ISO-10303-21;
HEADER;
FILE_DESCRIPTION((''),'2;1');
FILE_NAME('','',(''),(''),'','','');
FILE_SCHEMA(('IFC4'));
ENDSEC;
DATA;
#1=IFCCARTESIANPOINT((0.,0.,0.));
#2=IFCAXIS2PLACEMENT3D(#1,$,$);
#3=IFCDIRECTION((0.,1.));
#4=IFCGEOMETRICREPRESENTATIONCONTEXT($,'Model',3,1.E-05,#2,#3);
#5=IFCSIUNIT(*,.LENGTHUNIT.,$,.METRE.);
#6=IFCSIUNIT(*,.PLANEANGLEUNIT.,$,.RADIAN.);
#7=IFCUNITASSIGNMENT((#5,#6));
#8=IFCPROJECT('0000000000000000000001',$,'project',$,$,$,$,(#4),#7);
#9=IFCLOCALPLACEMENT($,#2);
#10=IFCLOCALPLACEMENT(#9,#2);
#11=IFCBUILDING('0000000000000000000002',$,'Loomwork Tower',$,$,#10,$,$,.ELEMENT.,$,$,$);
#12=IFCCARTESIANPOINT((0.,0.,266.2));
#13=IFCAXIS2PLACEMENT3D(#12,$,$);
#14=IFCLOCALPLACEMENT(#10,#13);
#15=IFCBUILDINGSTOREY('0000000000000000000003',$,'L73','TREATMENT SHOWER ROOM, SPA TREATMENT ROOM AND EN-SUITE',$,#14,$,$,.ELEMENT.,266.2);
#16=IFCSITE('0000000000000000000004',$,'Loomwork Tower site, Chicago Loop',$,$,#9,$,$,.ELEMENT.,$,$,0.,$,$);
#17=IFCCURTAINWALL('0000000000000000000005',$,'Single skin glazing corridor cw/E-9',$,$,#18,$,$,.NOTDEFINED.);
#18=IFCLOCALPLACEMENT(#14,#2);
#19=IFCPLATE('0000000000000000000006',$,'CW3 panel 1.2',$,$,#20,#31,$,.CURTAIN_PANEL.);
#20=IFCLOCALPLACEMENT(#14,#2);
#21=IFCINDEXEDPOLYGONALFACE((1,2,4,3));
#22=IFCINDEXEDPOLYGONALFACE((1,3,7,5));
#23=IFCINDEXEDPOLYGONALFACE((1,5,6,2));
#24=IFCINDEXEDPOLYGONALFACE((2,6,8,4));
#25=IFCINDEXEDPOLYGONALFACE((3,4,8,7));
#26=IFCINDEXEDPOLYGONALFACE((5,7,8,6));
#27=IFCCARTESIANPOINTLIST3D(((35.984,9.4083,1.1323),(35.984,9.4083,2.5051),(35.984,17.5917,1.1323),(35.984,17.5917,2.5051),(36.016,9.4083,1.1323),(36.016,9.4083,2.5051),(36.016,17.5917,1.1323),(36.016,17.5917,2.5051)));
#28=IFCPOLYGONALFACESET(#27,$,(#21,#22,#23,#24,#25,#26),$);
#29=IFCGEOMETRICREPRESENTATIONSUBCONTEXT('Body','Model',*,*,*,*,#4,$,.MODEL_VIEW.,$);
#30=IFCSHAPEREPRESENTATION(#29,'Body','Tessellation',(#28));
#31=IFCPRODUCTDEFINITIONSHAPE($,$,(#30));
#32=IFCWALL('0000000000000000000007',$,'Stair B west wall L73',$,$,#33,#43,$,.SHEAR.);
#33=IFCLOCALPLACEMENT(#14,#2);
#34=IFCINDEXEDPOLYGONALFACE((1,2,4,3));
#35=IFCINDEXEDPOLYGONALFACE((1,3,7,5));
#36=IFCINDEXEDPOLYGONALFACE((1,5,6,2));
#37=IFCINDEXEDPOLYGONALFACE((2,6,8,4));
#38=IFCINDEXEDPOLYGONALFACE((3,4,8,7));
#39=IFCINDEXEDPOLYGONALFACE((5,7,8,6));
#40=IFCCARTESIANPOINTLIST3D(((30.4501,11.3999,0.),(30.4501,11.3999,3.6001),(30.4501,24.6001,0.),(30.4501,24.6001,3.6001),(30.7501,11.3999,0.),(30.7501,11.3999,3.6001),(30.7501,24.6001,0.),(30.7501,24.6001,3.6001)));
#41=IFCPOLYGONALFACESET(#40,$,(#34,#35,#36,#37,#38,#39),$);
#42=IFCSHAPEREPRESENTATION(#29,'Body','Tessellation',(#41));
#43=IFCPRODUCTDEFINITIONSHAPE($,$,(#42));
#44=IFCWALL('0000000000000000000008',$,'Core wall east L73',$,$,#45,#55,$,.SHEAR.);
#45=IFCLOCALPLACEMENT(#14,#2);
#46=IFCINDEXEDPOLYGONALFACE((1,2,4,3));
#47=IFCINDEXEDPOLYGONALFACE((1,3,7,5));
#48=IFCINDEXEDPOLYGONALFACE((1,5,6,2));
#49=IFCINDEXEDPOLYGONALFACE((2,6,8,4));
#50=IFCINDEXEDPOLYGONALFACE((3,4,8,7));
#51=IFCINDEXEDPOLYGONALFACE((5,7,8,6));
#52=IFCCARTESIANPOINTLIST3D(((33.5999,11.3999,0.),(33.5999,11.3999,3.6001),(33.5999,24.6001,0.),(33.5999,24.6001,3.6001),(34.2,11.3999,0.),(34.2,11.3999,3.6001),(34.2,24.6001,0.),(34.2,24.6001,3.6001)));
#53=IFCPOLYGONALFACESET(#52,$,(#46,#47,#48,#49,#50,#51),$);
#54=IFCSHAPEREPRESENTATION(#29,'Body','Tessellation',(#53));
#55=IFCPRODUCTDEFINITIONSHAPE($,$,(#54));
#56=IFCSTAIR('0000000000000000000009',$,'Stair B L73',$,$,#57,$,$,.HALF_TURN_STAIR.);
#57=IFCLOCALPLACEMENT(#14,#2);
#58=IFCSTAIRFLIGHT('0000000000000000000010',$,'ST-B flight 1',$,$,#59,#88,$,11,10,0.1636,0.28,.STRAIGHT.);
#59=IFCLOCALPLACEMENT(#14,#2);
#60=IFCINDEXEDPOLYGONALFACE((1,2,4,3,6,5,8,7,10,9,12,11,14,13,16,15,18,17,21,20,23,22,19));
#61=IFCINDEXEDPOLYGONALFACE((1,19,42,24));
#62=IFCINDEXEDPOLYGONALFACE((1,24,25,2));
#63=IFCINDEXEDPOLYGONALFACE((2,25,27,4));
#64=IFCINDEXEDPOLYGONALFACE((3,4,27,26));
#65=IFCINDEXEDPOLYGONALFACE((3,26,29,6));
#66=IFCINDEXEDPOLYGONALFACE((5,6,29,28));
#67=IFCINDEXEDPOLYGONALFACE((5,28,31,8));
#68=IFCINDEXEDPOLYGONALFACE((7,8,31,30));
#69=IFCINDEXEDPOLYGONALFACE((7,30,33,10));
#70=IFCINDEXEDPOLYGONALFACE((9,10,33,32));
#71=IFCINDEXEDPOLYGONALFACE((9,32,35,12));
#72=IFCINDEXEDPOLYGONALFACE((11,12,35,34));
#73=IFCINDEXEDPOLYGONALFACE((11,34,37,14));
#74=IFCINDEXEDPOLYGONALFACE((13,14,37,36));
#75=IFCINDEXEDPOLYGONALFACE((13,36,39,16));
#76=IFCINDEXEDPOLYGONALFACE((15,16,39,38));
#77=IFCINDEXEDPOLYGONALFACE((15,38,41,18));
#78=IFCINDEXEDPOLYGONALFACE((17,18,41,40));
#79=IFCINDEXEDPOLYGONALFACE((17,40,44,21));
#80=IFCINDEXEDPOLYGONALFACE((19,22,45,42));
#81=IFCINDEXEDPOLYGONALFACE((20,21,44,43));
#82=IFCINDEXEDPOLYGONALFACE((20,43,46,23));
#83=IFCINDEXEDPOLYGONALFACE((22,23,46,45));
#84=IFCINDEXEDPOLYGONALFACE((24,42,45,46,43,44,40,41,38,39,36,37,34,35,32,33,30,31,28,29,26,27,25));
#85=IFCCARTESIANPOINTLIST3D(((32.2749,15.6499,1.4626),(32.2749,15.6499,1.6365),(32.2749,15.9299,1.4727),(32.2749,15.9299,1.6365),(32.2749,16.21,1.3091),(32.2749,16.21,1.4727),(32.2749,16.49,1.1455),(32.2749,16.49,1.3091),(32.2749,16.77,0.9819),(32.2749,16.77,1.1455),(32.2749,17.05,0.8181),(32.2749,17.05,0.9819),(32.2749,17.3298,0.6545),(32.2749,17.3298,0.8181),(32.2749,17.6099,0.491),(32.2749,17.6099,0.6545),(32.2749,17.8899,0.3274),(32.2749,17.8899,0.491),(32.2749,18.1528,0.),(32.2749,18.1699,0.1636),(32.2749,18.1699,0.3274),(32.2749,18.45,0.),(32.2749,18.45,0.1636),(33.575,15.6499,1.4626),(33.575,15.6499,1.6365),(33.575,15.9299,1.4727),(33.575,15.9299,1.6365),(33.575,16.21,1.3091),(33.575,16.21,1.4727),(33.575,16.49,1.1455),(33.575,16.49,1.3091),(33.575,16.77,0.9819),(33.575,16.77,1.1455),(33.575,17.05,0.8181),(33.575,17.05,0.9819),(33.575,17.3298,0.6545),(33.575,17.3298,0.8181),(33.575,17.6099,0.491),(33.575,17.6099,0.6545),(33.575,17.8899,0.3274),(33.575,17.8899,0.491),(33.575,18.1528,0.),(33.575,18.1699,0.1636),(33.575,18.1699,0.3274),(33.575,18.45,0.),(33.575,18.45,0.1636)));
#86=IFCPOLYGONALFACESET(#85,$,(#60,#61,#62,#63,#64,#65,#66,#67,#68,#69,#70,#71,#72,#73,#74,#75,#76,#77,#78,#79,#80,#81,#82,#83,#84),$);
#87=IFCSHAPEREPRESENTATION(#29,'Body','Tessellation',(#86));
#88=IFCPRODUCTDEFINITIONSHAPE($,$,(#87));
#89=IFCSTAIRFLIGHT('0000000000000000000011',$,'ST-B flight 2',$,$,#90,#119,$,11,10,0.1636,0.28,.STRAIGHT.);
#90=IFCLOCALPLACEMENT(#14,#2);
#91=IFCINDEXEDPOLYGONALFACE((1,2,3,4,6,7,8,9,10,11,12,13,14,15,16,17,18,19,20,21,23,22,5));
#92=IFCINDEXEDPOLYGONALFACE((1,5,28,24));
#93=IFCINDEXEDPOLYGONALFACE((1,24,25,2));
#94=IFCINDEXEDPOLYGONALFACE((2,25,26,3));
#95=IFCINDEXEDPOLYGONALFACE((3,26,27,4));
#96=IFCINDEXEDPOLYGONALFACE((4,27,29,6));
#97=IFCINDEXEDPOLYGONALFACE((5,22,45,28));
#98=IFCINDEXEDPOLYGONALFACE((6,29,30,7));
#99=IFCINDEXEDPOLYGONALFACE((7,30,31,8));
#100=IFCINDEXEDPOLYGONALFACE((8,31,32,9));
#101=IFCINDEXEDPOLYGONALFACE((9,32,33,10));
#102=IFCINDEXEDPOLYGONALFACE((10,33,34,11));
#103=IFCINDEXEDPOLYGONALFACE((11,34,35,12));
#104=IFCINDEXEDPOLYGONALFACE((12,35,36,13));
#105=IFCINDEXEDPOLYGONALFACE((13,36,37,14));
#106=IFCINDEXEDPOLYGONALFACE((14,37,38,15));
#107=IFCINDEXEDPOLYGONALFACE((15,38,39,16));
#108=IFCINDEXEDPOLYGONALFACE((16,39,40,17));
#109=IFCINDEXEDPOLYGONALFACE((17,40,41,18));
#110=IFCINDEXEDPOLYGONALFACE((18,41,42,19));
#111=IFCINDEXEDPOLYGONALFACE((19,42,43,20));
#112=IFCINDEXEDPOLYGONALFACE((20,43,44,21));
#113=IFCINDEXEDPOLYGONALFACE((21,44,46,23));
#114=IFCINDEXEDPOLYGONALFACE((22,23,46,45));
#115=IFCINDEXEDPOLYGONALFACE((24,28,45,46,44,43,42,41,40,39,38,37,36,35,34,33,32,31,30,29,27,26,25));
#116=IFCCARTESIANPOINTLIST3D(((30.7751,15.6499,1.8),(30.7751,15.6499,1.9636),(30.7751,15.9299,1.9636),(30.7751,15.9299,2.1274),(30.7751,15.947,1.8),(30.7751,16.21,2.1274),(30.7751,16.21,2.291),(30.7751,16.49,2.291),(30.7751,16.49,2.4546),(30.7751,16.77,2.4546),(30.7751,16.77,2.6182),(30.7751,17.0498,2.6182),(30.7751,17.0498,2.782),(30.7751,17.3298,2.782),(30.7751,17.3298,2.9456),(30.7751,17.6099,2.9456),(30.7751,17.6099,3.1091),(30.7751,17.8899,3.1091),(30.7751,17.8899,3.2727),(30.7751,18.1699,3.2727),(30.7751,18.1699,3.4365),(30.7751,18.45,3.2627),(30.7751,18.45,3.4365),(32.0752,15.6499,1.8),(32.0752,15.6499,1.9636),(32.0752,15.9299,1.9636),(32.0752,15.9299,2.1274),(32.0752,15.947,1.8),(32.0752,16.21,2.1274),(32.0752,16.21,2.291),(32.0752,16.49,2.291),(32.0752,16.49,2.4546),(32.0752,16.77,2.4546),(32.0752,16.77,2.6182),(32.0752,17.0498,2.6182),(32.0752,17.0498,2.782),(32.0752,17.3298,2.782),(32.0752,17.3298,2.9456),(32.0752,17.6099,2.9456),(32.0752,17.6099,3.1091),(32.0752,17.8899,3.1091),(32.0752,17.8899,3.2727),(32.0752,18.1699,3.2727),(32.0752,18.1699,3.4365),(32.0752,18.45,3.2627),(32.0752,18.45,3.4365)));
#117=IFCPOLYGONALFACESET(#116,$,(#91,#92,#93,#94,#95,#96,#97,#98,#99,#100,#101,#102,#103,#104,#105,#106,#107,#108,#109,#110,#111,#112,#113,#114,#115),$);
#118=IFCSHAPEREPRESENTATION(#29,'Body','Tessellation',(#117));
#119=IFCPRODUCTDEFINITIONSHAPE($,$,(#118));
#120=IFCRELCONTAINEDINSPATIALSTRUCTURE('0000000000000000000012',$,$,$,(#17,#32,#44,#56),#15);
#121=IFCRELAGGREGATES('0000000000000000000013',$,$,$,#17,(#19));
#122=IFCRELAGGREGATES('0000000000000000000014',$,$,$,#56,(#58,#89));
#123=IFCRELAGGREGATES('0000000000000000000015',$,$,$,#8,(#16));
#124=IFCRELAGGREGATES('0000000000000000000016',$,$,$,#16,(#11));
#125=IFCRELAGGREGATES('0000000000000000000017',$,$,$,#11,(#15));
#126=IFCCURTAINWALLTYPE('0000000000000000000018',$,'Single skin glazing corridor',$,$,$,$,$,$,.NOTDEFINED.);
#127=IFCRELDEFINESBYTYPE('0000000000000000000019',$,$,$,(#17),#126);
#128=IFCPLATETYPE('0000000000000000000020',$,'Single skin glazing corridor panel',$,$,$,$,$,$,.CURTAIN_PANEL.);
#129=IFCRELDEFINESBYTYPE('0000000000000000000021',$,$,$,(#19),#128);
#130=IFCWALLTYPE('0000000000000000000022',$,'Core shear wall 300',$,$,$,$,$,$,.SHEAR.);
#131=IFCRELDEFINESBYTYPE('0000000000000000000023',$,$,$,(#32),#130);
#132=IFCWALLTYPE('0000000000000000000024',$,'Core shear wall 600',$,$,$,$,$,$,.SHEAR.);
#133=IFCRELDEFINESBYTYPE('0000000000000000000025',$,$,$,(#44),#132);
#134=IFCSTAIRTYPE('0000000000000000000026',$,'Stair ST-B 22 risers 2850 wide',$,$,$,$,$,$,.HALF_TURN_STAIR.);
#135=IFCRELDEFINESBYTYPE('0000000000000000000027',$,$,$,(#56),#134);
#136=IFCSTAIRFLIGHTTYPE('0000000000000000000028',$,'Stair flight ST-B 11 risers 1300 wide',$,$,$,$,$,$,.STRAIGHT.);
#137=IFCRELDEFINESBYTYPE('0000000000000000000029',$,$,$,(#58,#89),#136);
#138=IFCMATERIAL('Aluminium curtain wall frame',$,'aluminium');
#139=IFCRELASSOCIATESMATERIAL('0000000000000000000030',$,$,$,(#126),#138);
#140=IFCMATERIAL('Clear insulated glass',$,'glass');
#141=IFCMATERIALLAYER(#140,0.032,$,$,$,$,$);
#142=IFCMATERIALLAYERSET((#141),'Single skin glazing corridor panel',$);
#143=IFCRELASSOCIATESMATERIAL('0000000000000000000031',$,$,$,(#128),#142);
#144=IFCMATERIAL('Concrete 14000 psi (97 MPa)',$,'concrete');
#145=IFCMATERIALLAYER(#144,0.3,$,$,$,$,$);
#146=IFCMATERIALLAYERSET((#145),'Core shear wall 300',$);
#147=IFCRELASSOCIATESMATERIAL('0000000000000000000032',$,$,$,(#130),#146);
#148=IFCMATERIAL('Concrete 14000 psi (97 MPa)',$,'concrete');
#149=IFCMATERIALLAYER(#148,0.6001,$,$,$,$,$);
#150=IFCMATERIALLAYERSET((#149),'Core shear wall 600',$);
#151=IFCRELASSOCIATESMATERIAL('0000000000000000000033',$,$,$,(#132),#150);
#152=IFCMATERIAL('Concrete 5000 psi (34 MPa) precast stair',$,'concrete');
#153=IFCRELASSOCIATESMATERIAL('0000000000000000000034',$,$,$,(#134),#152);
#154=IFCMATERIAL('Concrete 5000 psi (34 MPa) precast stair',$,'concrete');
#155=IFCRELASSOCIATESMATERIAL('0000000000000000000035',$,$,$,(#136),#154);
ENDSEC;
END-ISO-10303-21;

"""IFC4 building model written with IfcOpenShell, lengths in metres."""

from ifc_helpers import new_model, si_unit, direction, frame, frame_2d, origin, origin_2d, place, context, subcontext, project, spatial, polyline, rectangle, outline, extrude, material, layer, layer_set, type_object, element, aggregate, save


model = new_model("IFC4")

# Units and contexts
model_context = context("Model", 3, precision=1e-05, world=origin(), true_north=direction((0.0, 1.0)))
body_context = subcontext(model_context, "Body", "Model", "MODEL_VIEW")
ifc_project = project(units=[si_unit("LENGTHUNIT", "METRE"), si_unit("PLANEANGLEUNIT", "RADIAN")], contexts=[model_context])

# Site, building, storey
site_placement = place(None, origin())
site = spatial("IfcSite", under=ifc_project, at=site_placement, Name="Loomwork Tower site, Chicago Loop", CompositionType="ELEMENT", RefElevation=0.0)
building_placement = place(site_placement, origin())
building = spatial("IfcBuilding", under=site, at=building_placement, Name="Loomwork Tower", CompositionType="ELEMENT")
storey_placement = place(building_placement, frame((0.0, 0.0, 266.2)))
storey = spatial("IfcBuildingStorey", under=building, at=storey_placement, Name="L73", Description="TREATMENT SHOWER ROOM, SPA TREATMENT ROOM AND EN-SUITE", CompositionType="ELEMENT", Elevation=266.2)

# Curtain wall
ifc_material_1 = material(Name="Aluminium curtain wall frame", Category="aluminium")
curtain_wall_type = type_object("IfcCurtainWallType", Name="Single skin glazing corridor", PredefinedType="NOTDEFINED", material=ifc_material_1)
curtain_wall_1_placement = place(storey_placement, origin())
curtain_wall_1 = element("IfcCurtainWall", 1, at=curtain_wall_1_placement, inside=storey, type_object=curtain_wall_type, Name="Single skin glazing corridor cw/E-9", PredefinedType="NOTDEFINED")

# Plate
ifc_material_2 = material(Name="Clear insulated glass", Category="glass")
ifc_layer_1 = layer(ifc_material_2, 0.032)
ifc_layer_set_1 = layer_set([ifc_layer_1], Name="Single skin glazing corridor panel")
plate_type = type_object("IfcPlateType", Name="Single skin glazing corridor panel", PredefinedType="CURTAIN_PANEL", material=ifc_layer_set_1)
plate_1_placement = place(storey_placement, frame((36.0, 13.5, 1.1323), z_axis=(0.0, 0.0, 1.0), x_axis=(0.0, 1.0, 0.0)))
plate_1 = element("IfcPlate", 2, at=plate_1_placement, type_object=plate_type, Name="CW3 panel 1.2", PredefinedType="CURTAIN_PANEL", context=body_context, shape_type="SweptSolid", body=[
    extrude(rectangle(XDim=8.1833, YDim=0.032, at=origin_2d()), origin(), (0.0, 0.0, 1.0), 1.3728),
])
aggregate(curtain_wall_1, [plate_1])

# Walls
ifc_material_3 = material(Name="Concrete 14000 psi (97 MPa)", Category="concrete")
ifc_layer_2 = layer(ifc_material_3, 0.3)
ifc_layer_set_2 = layer_set([ifc_layer_2], Name="Core shear wall 300")
wall_type_1 = type_object("IfcWallType", Name="Core shear wall 300", PredefinedType="SHEAR", material=ifc_layer_set_2)
wall_1_placement = place(storey_placement, frame((30.6001, 11.3999, 0.0), z_axis=(0.0, 0.0, 1.0), x_axis=(0.0, 1.0, 0.0)))
element("IfcWall", 3, at=wall_1_placement, inside=storey, type_object=wall_type_1, Name="Stair B west wall L73", PredefinedType="SHEAR", context=body_context, shape_type="SweptSolid", body=[
    extrude(rectangle(XDim=13.2002, YDim=0.3, at=frame_2d((6.6001, 0.0))), origin(), (0.0, 0.0, 1.0), 3.6001),
])
ifc_material_4 = material(Name="Concrete 14000 psi (97 MPa)", Category="concrete")
ifc_layer_3 = layer(ifc_material_4, 0.6001)
ifc_layer_set_3 = layer_set([ifc_layer_3], Name="Core shear wall 600")
wall_type_2 = type_object("IfcWallType", Name="Core shear wall 600", PredefinedType="SHEAR", material=ifc_layer_set_3)
wall_2_placement = place(storey_placement, frame((33.8999, 11.3999, 0.0), z_axis=(0.0, 0.0, 1.0), x_axis=(0.0, 1.0, 0.0)))
element("IfcWall", 4, at=wall_2_placement, inside=storey, type_object=wall_type_2, Name="Core wall east L73", PredefinedType="SHEAR", context=body_context, shape_type="SweptSolid", body=[
    extrude(rectangle(XDim=13.2002, YDim=0.6001, at=frame_2d((6.6001, 0.0))), origin(), (0.0, 0.0, 1.0), 3.6001),
])

# Stair, stair flights
ifc_material_5 = material(Name="Concrete 5000 psi (34 MPa) precast stair", Category="concrete")
stair_type = type_object("IfcStairType", Name="Stair ST-B 22 risers 2850 wide", PredefinedType="HALF_TURN_STAIR", material=ifc_material_5)
stair_placement = place(storey_placement, origin())
stair = element("IfcStair", 5, at=stair_placement, inside=storey, type_object=stair_type, Name="Stair B L73", PredefinedType="HALF_TURN_STAIR")
ifc_material_6 = material(Name="Concrete 5000 psi (34 MPa) precast stair", Category="concrete")
stair_flight_type = type_object("IfcStairFlightType", Name="Stair flight ST-B 11 risers 1300 wide", PredefinedType="STRAIGHT", material=ifc_material_6)
stair_flight_1_placement = place(storey_placement, frame((32.925, 18.45, 0.0), z_axis=(0.0, 0.0, 1.0), x_axis=(0.0, -1.0, 0.0)))
stair_flight_1 = element("IfcStairFlight", 6, at=stair_flight_1_placement, type_object=stair_flight_type, Name="ST-B flight 1", NumberOfRisers=11, NumberOfTreads=10, PredefinedType="STRAIGHT", RiserHeight=0.1636, TreadLength=0.28, context=body_context, shape_type="SweptSolid", body=[
    extrude(outline(polyline([(0.0, 0.0), (0.0, 0.1636), (0.28, 0.1636), (0.28, 0.3274), (0.5601, 0.3274), (0.5601, 0.491), (0.8401, 0.491), (0.8401, 0.6545), (1.1201, 0.6545), (1.1201, 0.8181), (1.3999, 0.8181), (1.3999, 0.9819), (1.6799, 0.9819), (1.6799, 1.1455), (1.96, 1.1455), (1.96, 1.3091), (2.24, 1.3091), (2.24, 1.4727), (2.52, 1.4727), (2.52, 1.6365), (2.8, 1.6365), (2.8, 1.8), (2.8, 1.4626), (0.2971, 0.0), (0.0, 0.0)])), frame((0.0, 0.6499, 0.0), z_axis=(0.0, -1.0, 0.0), x_axis=(1.0, 0.0, 0.0)), (0.0, 0.0, 1.0), 1.3),
])
stair_flight_2_placement = place(storey_placement, frame((31.425, 15.6499, 1.8), z_axis=(0.0, 0.0, 1.0), x_axis=(0.0, 1.0, 0.0)))
stair_flight_2 = element("IfcStairFlight", 7, at=stair_flight_2_placement, type_object=stair_flight_type, Name="ST-B flight 2", NumberOfRisers=11, NumberOfTreads=10, PredefinedType="STRAIGHT", RiserHeight=0.1636, TreadLength=0.28, context=body_context, shape_type="SweptSolid", body=[
    extrude(outline(polyline([(0.0, 0.0), (0.0, 0.1636), (0.28, 0.1636), (0.28, 0.3274), (0.5601, 0.3274), (0.5601, 0.491), (0.8401, 0.491), (0.8401, 0.6545), (1.1201, 0.6545), (1.1201, 0.8181), (1.3999, 0.8181), (1.3999, 0.9819), (1.6799, 0.9819), (1.6799, 1.1455), (1.96, 1.1455), (1.96, 1.3091), (2.24, 1.3091), (2.24, 1.4727), (2.52, 1.4727), (2.52, 1.6365), (2.8, 1.6365), (2.8, 1.8), (2.8, 1.4626), (0.2971, 0.0), (0.0, 0.0)])), frame((0.0, 0.6499, 0.0), z_axis=(0.0, -1.0, 0.0), x_axis=(1.0, 0.0, 0.0)), (0.0, 0.0, 1.0), 1.3),
])
aggregate(stair, [stair_flight_1, stair_flight_2])

save(model, "model.ifc")
